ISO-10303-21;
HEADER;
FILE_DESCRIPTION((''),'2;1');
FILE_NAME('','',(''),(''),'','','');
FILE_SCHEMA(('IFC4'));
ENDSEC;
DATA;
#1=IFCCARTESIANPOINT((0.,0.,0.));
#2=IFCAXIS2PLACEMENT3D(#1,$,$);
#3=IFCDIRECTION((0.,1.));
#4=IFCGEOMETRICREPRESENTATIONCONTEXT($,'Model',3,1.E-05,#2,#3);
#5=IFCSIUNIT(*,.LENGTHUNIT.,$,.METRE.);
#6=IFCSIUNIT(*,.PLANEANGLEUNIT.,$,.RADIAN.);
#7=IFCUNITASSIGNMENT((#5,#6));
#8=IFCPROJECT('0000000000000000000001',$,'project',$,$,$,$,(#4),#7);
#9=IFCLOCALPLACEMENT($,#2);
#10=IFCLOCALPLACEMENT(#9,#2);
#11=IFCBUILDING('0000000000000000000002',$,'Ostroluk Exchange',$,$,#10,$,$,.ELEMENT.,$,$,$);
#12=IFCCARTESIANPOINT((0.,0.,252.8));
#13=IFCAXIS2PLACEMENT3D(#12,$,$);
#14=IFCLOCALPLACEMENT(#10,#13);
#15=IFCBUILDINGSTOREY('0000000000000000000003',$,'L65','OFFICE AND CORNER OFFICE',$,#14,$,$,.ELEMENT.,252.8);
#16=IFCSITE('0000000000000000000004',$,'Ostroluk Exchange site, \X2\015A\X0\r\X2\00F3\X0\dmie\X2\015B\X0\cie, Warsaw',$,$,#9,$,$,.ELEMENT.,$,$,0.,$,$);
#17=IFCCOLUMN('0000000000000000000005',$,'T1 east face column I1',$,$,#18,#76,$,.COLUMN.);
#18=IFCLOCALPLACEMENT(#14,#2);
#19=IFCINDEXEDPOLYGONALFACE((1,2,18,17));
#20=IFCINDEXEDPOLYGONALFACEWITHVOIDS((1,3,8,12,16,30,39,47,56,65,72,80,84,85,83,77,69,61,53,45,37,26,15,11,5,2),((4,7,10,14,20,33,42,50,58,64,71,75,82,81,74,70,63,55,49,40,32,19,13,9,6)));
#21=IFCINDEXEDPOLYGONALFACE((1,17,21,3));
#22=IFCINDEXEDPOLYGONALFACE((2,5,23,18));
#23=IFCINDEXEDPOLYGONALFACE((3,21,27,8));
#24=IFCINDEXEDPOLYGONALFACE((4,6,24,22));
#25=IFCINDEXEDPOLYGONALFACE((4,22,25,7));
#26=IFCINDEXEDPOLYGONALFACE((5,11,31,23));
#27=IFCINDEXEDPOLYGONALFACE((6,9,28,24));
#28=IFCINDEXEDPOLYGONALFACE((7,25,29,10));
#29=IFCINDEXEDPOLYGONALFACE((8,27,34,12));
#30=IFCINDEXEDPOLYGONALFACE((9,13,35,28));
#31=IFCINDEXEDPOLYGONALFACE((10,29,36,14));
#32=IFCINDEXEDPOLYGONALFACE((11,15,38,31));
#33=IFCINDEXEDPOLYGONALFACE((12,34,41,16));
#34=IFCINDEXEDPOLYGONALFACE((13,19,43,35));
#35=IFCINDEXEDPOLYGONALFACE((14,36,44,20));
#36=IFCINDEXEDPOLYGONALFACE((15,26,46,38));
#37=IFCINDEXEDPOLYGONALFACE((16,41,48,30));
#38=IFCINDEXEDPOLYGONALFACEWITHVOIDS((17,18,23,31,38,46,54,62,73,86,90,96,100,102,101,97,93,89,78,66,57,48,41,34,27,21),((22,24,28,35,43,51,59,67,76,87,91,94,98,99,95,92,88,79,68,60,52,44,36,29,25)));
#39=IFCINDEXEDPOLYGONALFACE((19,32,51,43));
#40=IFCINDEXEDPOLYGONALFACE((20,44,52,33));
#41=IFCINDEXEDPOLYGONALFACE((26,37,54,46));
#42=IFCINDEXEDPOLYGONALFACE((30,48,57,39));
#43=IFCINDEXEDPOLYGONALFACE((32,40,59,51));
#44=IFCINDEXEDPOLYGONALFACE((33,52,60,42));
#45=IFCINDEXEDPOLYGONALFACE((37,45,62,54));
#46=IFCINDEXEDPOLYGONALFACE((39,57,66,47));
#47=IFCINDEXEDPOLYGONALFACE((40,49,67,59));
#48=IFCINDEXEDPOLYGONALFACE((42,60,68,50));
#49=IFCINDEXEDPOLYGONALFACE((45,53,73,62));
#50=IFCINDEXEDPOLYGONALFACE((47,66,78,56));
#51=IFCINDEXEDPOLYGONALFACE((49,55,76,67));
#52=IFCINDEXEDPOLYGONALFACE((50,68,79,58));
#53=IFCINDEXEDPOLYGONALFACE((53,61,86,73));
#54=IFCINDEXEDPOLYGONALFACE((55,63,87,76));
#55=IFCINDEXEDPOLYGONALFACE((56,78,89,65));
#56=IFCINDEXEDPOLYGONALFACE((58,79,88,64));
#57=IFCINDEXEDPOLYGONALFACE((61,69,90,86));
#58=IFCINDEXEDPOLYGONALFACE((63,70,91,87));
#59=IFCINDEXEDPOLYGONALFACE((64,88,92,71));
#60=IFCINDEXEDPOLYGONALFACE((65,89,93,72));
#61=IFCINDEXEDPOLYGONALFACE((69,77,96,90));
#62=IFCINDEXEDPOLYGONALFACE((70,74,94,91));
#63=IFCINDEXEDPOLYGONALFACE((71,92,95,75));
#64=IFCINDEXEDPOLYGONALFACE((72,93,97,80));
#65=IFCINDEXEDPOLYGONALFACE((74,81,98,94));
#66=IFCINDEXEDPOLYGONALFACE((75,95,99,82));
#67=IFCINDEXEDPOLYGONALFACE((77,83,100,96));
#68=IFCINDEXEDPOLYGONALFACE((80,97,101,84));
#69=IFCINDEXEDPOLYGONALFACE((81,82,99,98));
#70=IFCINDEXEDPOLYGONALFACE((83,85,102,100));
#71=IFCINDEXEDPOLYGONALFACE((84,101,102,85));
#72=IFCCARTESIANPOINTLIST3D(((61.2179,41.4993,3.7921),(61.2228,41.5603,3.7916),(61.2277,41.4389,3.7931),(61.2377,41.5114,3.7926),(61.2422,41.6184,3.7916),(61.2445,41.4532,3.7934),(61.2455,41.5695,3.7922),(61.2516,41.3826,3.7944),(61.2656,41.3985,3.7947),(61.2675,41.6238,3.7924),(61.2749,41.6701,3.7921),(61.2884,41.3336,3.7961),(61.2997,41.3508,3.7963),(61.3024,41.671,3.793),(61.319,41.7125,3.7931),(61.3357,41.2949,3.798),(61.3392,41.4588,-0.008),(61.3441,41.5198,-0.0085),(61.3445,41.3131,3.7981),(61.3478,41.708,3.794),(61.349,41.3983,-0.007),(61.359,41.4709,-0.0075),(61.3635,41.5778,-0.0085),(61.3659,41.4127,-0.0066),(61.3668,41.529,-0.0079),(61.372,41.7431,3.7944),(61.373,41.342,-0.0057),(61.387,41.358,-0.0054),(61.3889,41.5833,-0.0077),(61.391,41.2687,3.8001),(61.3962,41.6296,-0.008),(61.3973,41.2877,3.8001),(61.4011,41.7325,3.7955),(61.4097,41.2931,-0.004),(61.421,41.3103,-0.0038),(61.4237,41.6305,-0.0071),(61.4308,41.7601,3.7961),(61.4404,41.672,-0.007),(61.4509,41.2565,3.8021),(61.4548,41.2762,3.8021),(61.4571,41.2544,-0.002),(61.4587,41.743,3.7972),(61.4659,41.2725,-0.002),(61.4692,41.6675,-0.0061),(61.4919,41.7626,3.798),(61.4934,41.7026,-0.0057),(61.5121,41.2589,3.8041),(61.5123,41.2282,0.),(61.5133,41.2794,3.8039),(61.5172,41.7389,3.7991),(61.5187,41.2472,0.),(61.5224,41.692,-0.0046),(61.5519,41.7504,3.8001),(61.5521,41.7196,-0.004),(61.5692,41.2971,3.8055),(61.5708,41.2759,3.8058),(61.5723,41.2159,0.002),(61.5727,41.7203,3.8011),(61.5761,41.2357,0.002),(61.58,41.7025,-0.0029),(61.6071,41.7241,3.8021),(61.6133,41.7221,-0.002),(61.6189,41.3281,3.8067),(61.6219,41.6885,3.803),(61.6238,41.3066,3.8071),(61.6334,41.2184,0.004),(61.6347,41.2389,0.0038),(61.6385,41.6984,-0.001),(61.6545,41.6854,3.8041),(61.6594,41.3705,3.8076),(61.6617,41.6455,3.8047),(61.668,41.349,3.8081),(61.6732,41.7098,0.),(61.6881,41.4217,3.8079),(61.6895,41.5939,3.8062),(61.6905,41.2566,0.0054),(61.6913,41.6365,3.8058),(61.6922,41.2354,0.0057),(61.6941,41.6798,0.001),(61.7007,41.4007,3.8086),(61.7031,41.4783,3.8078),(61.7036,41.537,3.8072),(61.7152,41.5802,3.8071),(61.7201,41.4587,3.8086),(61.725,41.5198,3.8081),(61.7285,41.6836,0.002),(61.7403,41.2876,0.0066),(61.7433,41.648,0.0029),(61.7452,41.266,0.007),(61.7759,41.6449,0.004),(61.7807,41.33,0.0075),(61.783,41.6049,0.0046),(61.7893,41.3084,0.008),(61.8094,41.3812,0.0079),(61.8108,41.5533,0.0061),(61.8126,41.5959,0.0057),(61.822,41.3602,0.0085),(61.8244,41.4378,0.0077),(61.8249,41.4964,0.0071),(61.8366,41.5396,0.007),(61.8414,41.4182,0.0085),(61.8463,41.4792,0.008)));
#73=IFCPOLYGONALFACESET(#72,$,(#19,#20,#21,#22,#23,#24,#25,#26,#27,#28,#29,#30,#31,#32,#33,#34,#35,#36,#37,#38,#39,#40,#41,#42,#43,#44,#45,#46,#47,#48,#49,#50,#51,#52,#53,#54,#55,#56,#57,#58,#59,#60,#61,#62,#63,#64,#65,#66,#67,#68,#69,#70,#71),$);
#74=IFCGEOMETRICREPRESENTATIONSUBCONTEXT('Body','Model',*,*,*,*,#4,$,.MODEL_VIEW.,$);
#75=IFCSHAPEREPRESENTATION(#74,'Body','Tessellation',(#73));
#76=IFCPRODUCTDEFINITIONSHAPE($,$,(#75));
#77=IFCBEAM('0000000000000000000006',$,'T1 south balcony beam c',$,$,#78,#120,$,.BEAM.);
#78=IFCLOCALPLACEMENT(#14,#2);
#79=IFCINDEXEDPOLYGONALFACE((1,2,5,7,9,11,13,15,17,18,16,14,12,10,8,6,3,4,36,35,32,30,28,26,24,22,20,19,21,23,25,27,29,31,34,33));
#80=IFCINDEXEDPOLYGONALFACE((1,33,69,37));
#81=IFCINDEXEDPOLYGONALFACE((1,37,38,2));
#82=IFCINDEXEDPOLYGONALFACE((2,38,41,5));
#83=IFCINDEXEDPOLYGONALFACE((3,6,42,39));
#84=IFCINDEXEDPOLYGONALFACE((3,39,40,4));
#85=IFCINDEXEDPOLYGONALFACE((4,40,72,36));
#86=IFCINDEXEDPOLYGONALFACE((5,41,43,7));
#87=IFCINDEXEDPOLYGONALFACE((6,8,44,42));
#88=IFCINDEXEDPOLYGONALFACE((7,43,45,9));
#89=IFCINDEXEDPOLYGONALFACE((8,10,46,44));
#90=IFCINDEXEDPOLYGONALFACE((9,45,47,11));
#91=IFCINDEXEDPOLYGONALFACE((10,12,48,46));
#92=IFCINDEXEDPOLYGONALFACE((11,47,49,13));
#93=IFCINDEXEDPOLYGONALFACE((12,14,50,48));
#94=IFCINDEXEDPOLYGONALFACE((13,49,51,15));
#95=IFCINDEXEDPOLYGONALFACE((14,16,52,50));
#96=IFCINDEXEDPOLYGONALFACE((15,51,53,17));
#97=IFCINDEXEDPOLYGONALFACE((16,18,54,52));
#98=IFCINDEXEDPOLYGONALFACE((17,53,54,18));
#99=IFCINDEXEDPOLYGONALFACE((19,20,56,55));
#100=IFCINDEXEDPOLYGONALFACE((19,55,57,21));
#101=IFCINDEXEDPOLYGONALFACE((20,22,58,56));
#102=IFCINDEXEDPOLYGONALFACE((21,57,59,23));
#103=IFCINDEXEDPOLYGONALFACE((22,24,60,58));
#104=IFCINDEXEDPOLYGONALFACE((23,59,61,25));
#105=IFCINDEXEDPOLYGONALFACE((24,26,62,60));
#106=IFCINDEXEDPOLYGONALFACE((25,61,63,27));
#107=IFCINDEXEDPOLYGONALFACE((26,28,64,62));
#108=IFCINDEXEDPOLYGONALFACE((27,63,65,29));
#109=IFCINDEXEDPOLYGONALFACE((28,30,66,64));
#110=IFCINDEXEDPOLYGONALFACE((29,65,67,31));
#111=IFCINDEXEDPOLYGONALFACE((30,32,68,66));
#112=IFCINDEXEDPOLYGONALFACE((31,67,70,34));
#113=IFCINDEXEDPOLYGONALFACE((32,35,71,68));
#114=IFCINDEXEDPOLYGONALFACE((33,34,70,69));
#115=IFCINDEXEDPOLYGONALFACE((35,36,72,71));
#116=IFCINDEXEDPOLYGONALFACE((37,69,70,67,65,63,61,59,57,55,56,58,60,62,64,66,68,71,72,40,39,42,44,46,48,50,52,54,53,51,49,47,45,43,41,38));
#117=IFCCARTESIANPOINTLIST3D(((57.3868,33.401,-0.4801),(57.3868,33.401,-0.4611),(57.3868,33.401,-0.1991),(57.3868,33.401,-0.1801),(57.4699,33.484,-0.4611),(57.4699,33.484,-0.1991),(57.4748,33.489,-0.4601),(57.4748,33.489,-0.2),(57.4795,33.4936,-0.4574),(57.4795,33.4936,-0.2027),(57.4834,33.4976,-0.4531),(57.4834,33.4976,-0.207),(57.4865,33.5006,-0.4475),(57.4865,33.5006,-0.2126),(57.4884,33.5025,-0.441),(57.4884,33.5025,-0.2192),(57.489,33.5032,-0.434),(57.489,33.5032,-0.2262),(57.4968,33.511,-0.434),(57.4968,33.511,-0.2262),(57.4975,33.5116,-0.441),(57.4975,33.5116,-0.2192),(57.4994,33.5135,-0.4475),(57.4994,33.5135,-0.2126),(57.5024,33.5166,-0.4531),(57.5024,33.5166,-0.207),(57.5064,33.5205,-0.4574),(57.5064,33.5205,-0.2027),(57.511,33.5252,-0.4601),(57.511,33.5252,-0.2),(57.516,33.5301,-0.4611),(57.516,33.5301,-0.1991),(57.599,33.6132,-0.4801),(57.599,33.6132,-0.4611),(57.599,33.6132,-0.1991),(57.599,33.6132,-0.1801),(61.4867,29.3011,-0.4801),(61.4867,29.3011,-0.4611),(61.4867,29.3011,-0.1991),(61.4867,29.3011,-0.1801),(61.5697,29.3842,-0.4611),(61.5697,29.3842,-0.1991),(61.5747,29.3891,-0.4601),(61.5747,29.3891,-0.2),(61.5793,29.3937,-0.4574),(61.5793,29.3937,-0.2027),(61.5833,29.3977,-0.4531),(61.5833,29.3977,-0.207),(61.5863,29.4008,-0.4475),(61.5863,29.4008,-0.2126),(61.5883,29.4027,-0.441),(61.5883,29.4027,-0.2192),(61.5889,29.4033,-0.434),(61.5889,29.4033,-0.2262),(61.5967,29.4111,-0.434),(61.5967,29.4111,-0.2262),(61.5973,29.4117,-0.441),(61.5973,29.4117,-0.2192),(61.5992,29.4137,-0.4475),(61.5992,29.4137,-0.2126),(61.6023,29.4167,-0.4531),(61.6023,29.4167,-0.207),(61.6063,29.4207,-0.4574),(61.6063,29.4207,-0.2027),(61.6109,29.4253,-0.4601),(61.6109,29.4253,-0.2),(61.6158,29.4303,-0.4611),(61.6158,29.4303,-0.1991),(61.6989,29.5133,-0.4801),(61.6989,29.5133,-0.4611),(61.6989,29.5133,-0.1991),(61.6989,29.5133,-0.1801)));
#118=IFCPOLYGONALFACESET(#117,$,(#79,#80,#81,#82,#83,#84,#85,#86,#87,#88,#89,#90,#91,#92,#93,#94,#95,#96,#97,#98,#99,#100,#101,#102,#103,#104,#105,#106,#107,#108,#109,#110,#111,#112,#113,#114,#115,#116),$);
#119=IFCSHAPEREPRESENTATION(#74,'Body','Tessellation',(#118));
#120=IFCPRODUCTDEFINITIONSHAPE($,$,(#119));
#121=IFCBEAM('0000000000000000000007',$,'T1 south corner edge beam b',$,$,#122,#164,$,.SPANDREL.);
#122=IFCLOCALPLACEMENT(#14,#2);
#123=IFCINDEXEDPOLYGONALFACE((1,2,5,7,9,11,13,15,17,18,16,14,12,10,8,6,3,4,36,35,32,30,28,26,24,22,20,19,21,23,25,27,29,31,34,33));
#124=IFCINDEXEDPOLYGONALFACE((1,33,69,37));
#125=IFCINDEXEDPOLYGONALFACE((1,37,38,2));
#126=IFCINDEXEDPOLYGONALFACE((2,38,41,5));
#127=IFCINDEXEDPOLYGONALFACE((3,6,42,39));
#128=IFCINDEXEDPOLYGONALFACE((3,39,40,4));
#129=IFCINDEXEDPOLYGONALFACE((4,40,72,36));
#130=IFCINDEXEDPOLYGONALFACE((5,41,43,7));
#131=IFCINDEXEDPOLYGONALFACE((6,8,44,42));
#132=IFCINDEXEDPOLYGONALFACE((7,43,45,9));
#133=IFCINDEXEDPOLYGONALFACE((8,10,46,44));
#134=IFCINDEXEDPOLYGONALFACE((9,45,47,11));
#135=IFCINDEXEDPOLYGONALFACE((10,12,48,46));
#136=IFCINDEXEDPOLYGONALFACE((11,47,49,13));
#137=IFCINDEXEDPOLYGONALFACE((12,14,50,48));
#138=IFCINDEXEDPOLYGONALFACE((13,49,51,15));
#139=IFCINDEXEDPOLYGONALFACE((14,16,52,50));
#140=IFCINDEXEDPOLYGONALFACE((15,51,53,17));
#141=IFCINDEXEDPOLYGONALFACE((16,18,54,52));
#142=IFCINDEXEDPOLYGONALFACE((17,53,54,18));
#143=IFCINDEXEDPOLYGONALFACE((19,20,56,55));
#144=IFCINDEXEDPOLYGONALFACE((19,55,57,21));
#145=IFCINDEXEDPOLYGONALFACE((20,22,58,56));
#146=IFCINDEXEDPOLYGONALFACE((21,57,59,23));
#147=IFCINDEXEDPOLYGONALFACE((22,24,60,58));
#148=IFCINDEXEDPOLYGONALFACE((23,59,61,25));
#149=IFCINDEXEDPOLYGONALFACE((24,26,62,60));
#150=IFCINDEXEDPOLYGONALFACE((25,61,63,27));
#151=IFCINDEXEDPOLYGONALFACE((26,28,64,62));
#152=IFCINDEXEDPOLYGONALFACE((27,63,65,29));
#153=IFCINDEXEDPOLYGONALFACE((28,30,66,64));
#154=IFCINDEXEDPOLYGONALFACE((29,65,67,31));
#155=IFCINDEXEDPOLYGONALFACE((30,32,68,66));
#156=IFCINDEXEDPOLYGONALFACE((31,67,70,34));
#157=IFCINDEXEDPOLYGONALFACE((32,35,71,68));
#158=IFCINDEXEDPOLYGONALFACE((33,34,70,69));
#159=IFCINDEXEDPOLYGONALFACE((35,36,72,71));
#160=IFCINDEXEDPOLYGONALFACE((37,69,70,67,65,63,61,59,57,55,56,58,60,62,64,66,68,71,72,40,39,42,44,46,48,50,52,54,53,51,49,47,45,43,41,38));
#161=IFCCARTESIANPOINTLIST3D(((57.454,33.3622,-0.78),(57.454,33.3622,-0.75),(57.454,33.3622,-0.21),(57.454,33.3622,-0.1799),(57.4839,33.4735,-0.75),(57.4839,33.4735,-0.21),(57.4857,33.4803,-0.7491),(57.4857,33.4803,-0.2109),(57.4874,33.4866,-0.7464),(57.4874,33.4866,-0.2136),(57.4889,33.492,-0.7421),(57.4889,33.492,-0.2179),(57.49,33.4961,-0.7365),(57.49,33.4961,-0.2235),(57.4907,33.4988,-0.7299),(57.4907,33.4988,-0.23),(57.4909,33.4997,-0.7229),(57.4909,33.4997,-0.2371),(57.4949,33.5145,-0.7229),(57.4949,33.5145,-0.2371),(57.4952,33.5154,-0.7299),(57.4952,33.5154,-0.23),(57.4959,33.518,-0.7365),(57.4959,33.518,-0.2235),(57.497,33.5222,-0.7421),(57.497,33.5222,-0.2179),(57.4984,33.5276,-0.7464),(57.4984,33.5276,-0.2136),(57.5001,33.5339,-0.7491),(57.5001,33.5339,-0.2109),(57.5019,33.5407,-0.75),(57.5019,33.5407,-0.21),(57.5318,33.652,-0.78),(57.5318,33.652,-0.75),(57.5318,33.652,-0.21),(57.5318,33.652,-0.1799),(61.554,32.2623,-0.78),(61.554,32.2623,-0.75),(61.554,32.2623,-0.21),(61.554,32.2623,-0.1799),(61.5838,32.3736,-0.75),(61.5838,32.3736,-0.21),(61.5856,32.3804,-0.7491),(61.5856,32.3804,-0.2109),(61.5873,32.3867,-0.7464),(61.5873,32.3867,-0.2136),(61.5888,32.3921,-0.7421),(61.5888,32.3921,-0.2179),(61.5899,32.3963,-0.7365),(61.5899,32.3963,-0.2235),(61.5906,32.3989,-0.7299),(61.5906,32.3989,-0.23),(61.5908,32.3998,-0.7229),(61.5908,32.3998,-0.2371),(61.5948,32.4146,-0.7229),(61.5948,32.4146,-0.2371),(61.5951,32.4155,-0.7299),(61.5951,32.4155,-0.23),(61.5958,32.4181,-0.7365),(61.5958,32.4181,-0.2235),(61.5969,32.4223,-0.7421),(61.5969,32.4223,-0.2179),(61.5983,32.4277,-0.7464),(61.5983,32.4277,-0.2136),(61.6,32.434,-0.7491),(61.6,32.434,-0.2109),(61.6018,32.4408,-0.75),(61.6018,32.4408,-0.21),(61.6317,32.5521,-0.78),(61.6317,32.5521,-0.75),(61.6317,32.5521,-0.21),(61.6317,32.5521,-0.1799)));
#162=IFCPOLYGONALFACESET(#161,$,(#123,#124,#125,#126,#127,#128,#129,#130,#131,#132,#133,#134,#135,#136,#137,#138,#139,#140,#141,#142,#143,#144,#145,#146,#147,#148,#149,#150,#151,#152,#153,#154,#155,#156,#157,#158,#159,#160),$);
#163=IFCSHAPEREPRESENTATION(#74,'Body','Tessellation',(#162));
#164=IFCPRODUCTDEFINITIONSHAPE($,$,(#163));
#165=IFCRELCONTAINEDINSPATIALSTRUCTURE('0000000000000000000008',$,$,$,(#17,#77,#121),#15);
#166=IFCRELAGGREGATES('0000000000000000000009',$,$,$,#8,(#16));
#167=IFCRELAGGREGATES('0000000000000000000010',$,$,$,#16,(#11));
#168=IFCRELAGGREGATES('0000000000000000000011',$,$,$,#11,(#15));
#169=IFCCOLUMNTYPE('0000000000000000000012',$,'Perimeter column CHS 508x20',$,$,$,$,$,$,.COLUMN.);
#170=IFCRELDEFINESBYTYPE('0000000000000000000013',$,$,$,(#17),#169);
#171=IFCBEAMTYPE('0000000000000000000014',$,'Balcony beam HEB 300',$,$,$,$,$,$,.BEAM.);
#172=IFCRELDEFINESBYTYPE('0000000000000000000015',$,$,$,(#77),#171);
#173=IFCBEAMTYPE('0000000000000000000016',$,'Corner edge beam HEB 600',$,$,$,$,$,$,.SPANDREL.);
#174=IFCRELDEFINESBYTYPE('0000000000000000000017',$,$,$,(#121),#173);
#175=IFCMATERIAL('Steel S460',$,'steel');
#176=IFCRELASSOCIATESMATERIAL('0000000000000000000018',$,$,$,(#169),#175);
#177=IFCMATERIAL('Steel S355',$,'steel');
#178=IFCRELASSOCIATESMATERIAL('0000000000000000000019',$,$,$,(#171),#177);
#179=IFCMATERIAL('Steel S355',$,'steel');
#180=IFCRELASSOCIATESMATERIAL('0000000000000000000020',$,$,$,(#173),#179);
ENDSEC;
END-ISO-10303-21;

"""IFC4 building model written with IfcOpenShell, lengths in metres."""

from ifc_helpers import new_model, si_unit, direction, frame, origin, origin_2d, place, context, subcontext, project, spatial, hollow_circle, i_section, extrude, material, material_profile, profile_set, type_object, element, save


model = new_model("IFC4")

# Units and contexts
model_context = context("Model", 3, precision=1e-05, world=origin(), true_north=direction((0.0, 1.0)))
body_context = subcontext(model_context, "Body", "Model", "MODEL_VIEW")
ifc_project = project(units=[si_unit("LENGTHUNIT", "METRE"), si_unit("PLANEANGLEUNIT", "RADIAN")], contexts=[model_context])

# Site, building, storey
site_placement = place(None, origin())
site = spatial("IfcSite", under=ifc_project, at=site_placement, Name="Ostroluk Exchange site, Śródmieście, Warsaw", CompositionType="ELEMENT", RefElevation=0.0)
building_placement = place(site_placement, origin())
building = spatial("IfcBuilding", under=site, at=building_placement, Name="Ostroluk Exchange", CompositionType="ELEMENT")
storey_placement = place(building_placement, frame((0.0, 0.0, 252.8)))
storey = spatial("IfcBuildingStorey", under=building, at=storey_placement, Name="L65", Description="OFFICE AND CORNER OFFICE", CompositionType="ELEMENT", Elevation=252.8)

# Column
ifc_material_1 = material(Name="Steel S460", Category="steel")
ifc_material_profile_1 = material_profile(ifc_material_1, hollow_circle(Radius=0.2539, WallThickness=0.02, at=origin_2d()), Name="CHS 508x20")
ifc_profile_set_1 = profile_set([ifc_material_profile_1], Name="Steel S460")
column_type = type_object("IfcColumnType", Name="Perimeter column CHS 508x20", PredefinedType="COLUMN", material=ifc_profile_set_1)
column_placement = place(storey_placement, frame((61.5928, 41.469, 0.0), z_axis=(-0.031913, 0.010659, 0.999434), x_axis=(-0.3168, -0.948492, 0.0)))
element("IfcColumn", 1, at=column_placement, inside=storey, type_object=column_type, Name="T1 east face column I1", PredefinedType="COLUMN", context=body_context, shape_type="SweptSolid", body=[
    extrude(hollow_circle(Radius=0.2539, WallThickness=0.02, at=origin_2d()), origin(), (0.0, 0.0, 1.0), 3.8022),
])

# Beams
ifc_material_2 = material(Name="Steel S355", Category="steel")
ifc_material_profile_2 = material_profile(ifc_material_2, i_section(OverallWidth=0.3, OverallDepth=0.3, WebThickness=0.011, FlangeThickness=0.019, FilletRadius=0.0271, at=origin_2d()), Name="HEB 300")
ifc_profile_set_2 = profile_set([ifc_material_profile_2], Name="Steel S355")
beam_type_1 = type_object("IfcBeamType", Name="Balcony beam HEB 300", PredefinedType="BEAM", material=ifc_profile_set_2)
beam_1_placement = place(storey_placement, frame((57.4929, 33.5071, -0.3301), z_axis=(0.707107, -0.707107, 0.0), x_axis=(0.707107, 0.707107, 0.0)))
element("IfcBeam", 2, at=beam_1_placement, inside=storey, type_object=beam_type_1, Name="T1 south balcony beam c", PredefinedType="BEAM", context=body_context, shape_type="SweptSolid", body=[
    extrude(i_section(OverallWidth=0.3, OverallDepth=0.3, WebThickness=0.011, FlangeThickness=0.019, FilletRadius=0.0271, at=origin_2d()), origin(), (0.0, 0.0, 1.0), 5.7981),
])
ifc_material_3 = material(Name="Steel S355", Category="steel")
ifc_material_profile_3 = material_profile(ifc_material_3, i_section(OverallWidth=0.3, OverallDepth=0.6001, WebThickness=0.0154, FlangeThickness=0.03, FilletRadius=0.0271, at=origin_2d()), Name="HEB 600")
ifc_profile_set_3 = profile_set([ifc_material_profile_3], Name="Steel S355")
beam_type_2 = type_object("IfcBeamType", Name="Corner edge beam HEB 600", PredefinedType="SPANDREL", material=ifc_profile_set_3)
beam_2_placement = place(storey_placement, frame((57.4929, 33.5071, -0.48), z_axis=(0.965849, -0.259105, 0.0), x_axis=(0.259105, 0.965849, 0.0)))
element("IfcBeam", 3, at=beam_2_placement, inside=storey, type_object=beam_type_2, Name="T1 south corner edge beam b", PredefinedType="SPANDREL", context=body_context, shape_type="SweptSolid", body=[
    extrude(i_section(OverallWidth=0.3, OverallDepth=0.6001, WebThickness=0.0154, FlangeThickness=0.03, FilletRadius=0.0271, at=origin_2d()), origin(), (0.0, 0.0, 1.0), 4.2449),
])

save(model, "model.ifc")
